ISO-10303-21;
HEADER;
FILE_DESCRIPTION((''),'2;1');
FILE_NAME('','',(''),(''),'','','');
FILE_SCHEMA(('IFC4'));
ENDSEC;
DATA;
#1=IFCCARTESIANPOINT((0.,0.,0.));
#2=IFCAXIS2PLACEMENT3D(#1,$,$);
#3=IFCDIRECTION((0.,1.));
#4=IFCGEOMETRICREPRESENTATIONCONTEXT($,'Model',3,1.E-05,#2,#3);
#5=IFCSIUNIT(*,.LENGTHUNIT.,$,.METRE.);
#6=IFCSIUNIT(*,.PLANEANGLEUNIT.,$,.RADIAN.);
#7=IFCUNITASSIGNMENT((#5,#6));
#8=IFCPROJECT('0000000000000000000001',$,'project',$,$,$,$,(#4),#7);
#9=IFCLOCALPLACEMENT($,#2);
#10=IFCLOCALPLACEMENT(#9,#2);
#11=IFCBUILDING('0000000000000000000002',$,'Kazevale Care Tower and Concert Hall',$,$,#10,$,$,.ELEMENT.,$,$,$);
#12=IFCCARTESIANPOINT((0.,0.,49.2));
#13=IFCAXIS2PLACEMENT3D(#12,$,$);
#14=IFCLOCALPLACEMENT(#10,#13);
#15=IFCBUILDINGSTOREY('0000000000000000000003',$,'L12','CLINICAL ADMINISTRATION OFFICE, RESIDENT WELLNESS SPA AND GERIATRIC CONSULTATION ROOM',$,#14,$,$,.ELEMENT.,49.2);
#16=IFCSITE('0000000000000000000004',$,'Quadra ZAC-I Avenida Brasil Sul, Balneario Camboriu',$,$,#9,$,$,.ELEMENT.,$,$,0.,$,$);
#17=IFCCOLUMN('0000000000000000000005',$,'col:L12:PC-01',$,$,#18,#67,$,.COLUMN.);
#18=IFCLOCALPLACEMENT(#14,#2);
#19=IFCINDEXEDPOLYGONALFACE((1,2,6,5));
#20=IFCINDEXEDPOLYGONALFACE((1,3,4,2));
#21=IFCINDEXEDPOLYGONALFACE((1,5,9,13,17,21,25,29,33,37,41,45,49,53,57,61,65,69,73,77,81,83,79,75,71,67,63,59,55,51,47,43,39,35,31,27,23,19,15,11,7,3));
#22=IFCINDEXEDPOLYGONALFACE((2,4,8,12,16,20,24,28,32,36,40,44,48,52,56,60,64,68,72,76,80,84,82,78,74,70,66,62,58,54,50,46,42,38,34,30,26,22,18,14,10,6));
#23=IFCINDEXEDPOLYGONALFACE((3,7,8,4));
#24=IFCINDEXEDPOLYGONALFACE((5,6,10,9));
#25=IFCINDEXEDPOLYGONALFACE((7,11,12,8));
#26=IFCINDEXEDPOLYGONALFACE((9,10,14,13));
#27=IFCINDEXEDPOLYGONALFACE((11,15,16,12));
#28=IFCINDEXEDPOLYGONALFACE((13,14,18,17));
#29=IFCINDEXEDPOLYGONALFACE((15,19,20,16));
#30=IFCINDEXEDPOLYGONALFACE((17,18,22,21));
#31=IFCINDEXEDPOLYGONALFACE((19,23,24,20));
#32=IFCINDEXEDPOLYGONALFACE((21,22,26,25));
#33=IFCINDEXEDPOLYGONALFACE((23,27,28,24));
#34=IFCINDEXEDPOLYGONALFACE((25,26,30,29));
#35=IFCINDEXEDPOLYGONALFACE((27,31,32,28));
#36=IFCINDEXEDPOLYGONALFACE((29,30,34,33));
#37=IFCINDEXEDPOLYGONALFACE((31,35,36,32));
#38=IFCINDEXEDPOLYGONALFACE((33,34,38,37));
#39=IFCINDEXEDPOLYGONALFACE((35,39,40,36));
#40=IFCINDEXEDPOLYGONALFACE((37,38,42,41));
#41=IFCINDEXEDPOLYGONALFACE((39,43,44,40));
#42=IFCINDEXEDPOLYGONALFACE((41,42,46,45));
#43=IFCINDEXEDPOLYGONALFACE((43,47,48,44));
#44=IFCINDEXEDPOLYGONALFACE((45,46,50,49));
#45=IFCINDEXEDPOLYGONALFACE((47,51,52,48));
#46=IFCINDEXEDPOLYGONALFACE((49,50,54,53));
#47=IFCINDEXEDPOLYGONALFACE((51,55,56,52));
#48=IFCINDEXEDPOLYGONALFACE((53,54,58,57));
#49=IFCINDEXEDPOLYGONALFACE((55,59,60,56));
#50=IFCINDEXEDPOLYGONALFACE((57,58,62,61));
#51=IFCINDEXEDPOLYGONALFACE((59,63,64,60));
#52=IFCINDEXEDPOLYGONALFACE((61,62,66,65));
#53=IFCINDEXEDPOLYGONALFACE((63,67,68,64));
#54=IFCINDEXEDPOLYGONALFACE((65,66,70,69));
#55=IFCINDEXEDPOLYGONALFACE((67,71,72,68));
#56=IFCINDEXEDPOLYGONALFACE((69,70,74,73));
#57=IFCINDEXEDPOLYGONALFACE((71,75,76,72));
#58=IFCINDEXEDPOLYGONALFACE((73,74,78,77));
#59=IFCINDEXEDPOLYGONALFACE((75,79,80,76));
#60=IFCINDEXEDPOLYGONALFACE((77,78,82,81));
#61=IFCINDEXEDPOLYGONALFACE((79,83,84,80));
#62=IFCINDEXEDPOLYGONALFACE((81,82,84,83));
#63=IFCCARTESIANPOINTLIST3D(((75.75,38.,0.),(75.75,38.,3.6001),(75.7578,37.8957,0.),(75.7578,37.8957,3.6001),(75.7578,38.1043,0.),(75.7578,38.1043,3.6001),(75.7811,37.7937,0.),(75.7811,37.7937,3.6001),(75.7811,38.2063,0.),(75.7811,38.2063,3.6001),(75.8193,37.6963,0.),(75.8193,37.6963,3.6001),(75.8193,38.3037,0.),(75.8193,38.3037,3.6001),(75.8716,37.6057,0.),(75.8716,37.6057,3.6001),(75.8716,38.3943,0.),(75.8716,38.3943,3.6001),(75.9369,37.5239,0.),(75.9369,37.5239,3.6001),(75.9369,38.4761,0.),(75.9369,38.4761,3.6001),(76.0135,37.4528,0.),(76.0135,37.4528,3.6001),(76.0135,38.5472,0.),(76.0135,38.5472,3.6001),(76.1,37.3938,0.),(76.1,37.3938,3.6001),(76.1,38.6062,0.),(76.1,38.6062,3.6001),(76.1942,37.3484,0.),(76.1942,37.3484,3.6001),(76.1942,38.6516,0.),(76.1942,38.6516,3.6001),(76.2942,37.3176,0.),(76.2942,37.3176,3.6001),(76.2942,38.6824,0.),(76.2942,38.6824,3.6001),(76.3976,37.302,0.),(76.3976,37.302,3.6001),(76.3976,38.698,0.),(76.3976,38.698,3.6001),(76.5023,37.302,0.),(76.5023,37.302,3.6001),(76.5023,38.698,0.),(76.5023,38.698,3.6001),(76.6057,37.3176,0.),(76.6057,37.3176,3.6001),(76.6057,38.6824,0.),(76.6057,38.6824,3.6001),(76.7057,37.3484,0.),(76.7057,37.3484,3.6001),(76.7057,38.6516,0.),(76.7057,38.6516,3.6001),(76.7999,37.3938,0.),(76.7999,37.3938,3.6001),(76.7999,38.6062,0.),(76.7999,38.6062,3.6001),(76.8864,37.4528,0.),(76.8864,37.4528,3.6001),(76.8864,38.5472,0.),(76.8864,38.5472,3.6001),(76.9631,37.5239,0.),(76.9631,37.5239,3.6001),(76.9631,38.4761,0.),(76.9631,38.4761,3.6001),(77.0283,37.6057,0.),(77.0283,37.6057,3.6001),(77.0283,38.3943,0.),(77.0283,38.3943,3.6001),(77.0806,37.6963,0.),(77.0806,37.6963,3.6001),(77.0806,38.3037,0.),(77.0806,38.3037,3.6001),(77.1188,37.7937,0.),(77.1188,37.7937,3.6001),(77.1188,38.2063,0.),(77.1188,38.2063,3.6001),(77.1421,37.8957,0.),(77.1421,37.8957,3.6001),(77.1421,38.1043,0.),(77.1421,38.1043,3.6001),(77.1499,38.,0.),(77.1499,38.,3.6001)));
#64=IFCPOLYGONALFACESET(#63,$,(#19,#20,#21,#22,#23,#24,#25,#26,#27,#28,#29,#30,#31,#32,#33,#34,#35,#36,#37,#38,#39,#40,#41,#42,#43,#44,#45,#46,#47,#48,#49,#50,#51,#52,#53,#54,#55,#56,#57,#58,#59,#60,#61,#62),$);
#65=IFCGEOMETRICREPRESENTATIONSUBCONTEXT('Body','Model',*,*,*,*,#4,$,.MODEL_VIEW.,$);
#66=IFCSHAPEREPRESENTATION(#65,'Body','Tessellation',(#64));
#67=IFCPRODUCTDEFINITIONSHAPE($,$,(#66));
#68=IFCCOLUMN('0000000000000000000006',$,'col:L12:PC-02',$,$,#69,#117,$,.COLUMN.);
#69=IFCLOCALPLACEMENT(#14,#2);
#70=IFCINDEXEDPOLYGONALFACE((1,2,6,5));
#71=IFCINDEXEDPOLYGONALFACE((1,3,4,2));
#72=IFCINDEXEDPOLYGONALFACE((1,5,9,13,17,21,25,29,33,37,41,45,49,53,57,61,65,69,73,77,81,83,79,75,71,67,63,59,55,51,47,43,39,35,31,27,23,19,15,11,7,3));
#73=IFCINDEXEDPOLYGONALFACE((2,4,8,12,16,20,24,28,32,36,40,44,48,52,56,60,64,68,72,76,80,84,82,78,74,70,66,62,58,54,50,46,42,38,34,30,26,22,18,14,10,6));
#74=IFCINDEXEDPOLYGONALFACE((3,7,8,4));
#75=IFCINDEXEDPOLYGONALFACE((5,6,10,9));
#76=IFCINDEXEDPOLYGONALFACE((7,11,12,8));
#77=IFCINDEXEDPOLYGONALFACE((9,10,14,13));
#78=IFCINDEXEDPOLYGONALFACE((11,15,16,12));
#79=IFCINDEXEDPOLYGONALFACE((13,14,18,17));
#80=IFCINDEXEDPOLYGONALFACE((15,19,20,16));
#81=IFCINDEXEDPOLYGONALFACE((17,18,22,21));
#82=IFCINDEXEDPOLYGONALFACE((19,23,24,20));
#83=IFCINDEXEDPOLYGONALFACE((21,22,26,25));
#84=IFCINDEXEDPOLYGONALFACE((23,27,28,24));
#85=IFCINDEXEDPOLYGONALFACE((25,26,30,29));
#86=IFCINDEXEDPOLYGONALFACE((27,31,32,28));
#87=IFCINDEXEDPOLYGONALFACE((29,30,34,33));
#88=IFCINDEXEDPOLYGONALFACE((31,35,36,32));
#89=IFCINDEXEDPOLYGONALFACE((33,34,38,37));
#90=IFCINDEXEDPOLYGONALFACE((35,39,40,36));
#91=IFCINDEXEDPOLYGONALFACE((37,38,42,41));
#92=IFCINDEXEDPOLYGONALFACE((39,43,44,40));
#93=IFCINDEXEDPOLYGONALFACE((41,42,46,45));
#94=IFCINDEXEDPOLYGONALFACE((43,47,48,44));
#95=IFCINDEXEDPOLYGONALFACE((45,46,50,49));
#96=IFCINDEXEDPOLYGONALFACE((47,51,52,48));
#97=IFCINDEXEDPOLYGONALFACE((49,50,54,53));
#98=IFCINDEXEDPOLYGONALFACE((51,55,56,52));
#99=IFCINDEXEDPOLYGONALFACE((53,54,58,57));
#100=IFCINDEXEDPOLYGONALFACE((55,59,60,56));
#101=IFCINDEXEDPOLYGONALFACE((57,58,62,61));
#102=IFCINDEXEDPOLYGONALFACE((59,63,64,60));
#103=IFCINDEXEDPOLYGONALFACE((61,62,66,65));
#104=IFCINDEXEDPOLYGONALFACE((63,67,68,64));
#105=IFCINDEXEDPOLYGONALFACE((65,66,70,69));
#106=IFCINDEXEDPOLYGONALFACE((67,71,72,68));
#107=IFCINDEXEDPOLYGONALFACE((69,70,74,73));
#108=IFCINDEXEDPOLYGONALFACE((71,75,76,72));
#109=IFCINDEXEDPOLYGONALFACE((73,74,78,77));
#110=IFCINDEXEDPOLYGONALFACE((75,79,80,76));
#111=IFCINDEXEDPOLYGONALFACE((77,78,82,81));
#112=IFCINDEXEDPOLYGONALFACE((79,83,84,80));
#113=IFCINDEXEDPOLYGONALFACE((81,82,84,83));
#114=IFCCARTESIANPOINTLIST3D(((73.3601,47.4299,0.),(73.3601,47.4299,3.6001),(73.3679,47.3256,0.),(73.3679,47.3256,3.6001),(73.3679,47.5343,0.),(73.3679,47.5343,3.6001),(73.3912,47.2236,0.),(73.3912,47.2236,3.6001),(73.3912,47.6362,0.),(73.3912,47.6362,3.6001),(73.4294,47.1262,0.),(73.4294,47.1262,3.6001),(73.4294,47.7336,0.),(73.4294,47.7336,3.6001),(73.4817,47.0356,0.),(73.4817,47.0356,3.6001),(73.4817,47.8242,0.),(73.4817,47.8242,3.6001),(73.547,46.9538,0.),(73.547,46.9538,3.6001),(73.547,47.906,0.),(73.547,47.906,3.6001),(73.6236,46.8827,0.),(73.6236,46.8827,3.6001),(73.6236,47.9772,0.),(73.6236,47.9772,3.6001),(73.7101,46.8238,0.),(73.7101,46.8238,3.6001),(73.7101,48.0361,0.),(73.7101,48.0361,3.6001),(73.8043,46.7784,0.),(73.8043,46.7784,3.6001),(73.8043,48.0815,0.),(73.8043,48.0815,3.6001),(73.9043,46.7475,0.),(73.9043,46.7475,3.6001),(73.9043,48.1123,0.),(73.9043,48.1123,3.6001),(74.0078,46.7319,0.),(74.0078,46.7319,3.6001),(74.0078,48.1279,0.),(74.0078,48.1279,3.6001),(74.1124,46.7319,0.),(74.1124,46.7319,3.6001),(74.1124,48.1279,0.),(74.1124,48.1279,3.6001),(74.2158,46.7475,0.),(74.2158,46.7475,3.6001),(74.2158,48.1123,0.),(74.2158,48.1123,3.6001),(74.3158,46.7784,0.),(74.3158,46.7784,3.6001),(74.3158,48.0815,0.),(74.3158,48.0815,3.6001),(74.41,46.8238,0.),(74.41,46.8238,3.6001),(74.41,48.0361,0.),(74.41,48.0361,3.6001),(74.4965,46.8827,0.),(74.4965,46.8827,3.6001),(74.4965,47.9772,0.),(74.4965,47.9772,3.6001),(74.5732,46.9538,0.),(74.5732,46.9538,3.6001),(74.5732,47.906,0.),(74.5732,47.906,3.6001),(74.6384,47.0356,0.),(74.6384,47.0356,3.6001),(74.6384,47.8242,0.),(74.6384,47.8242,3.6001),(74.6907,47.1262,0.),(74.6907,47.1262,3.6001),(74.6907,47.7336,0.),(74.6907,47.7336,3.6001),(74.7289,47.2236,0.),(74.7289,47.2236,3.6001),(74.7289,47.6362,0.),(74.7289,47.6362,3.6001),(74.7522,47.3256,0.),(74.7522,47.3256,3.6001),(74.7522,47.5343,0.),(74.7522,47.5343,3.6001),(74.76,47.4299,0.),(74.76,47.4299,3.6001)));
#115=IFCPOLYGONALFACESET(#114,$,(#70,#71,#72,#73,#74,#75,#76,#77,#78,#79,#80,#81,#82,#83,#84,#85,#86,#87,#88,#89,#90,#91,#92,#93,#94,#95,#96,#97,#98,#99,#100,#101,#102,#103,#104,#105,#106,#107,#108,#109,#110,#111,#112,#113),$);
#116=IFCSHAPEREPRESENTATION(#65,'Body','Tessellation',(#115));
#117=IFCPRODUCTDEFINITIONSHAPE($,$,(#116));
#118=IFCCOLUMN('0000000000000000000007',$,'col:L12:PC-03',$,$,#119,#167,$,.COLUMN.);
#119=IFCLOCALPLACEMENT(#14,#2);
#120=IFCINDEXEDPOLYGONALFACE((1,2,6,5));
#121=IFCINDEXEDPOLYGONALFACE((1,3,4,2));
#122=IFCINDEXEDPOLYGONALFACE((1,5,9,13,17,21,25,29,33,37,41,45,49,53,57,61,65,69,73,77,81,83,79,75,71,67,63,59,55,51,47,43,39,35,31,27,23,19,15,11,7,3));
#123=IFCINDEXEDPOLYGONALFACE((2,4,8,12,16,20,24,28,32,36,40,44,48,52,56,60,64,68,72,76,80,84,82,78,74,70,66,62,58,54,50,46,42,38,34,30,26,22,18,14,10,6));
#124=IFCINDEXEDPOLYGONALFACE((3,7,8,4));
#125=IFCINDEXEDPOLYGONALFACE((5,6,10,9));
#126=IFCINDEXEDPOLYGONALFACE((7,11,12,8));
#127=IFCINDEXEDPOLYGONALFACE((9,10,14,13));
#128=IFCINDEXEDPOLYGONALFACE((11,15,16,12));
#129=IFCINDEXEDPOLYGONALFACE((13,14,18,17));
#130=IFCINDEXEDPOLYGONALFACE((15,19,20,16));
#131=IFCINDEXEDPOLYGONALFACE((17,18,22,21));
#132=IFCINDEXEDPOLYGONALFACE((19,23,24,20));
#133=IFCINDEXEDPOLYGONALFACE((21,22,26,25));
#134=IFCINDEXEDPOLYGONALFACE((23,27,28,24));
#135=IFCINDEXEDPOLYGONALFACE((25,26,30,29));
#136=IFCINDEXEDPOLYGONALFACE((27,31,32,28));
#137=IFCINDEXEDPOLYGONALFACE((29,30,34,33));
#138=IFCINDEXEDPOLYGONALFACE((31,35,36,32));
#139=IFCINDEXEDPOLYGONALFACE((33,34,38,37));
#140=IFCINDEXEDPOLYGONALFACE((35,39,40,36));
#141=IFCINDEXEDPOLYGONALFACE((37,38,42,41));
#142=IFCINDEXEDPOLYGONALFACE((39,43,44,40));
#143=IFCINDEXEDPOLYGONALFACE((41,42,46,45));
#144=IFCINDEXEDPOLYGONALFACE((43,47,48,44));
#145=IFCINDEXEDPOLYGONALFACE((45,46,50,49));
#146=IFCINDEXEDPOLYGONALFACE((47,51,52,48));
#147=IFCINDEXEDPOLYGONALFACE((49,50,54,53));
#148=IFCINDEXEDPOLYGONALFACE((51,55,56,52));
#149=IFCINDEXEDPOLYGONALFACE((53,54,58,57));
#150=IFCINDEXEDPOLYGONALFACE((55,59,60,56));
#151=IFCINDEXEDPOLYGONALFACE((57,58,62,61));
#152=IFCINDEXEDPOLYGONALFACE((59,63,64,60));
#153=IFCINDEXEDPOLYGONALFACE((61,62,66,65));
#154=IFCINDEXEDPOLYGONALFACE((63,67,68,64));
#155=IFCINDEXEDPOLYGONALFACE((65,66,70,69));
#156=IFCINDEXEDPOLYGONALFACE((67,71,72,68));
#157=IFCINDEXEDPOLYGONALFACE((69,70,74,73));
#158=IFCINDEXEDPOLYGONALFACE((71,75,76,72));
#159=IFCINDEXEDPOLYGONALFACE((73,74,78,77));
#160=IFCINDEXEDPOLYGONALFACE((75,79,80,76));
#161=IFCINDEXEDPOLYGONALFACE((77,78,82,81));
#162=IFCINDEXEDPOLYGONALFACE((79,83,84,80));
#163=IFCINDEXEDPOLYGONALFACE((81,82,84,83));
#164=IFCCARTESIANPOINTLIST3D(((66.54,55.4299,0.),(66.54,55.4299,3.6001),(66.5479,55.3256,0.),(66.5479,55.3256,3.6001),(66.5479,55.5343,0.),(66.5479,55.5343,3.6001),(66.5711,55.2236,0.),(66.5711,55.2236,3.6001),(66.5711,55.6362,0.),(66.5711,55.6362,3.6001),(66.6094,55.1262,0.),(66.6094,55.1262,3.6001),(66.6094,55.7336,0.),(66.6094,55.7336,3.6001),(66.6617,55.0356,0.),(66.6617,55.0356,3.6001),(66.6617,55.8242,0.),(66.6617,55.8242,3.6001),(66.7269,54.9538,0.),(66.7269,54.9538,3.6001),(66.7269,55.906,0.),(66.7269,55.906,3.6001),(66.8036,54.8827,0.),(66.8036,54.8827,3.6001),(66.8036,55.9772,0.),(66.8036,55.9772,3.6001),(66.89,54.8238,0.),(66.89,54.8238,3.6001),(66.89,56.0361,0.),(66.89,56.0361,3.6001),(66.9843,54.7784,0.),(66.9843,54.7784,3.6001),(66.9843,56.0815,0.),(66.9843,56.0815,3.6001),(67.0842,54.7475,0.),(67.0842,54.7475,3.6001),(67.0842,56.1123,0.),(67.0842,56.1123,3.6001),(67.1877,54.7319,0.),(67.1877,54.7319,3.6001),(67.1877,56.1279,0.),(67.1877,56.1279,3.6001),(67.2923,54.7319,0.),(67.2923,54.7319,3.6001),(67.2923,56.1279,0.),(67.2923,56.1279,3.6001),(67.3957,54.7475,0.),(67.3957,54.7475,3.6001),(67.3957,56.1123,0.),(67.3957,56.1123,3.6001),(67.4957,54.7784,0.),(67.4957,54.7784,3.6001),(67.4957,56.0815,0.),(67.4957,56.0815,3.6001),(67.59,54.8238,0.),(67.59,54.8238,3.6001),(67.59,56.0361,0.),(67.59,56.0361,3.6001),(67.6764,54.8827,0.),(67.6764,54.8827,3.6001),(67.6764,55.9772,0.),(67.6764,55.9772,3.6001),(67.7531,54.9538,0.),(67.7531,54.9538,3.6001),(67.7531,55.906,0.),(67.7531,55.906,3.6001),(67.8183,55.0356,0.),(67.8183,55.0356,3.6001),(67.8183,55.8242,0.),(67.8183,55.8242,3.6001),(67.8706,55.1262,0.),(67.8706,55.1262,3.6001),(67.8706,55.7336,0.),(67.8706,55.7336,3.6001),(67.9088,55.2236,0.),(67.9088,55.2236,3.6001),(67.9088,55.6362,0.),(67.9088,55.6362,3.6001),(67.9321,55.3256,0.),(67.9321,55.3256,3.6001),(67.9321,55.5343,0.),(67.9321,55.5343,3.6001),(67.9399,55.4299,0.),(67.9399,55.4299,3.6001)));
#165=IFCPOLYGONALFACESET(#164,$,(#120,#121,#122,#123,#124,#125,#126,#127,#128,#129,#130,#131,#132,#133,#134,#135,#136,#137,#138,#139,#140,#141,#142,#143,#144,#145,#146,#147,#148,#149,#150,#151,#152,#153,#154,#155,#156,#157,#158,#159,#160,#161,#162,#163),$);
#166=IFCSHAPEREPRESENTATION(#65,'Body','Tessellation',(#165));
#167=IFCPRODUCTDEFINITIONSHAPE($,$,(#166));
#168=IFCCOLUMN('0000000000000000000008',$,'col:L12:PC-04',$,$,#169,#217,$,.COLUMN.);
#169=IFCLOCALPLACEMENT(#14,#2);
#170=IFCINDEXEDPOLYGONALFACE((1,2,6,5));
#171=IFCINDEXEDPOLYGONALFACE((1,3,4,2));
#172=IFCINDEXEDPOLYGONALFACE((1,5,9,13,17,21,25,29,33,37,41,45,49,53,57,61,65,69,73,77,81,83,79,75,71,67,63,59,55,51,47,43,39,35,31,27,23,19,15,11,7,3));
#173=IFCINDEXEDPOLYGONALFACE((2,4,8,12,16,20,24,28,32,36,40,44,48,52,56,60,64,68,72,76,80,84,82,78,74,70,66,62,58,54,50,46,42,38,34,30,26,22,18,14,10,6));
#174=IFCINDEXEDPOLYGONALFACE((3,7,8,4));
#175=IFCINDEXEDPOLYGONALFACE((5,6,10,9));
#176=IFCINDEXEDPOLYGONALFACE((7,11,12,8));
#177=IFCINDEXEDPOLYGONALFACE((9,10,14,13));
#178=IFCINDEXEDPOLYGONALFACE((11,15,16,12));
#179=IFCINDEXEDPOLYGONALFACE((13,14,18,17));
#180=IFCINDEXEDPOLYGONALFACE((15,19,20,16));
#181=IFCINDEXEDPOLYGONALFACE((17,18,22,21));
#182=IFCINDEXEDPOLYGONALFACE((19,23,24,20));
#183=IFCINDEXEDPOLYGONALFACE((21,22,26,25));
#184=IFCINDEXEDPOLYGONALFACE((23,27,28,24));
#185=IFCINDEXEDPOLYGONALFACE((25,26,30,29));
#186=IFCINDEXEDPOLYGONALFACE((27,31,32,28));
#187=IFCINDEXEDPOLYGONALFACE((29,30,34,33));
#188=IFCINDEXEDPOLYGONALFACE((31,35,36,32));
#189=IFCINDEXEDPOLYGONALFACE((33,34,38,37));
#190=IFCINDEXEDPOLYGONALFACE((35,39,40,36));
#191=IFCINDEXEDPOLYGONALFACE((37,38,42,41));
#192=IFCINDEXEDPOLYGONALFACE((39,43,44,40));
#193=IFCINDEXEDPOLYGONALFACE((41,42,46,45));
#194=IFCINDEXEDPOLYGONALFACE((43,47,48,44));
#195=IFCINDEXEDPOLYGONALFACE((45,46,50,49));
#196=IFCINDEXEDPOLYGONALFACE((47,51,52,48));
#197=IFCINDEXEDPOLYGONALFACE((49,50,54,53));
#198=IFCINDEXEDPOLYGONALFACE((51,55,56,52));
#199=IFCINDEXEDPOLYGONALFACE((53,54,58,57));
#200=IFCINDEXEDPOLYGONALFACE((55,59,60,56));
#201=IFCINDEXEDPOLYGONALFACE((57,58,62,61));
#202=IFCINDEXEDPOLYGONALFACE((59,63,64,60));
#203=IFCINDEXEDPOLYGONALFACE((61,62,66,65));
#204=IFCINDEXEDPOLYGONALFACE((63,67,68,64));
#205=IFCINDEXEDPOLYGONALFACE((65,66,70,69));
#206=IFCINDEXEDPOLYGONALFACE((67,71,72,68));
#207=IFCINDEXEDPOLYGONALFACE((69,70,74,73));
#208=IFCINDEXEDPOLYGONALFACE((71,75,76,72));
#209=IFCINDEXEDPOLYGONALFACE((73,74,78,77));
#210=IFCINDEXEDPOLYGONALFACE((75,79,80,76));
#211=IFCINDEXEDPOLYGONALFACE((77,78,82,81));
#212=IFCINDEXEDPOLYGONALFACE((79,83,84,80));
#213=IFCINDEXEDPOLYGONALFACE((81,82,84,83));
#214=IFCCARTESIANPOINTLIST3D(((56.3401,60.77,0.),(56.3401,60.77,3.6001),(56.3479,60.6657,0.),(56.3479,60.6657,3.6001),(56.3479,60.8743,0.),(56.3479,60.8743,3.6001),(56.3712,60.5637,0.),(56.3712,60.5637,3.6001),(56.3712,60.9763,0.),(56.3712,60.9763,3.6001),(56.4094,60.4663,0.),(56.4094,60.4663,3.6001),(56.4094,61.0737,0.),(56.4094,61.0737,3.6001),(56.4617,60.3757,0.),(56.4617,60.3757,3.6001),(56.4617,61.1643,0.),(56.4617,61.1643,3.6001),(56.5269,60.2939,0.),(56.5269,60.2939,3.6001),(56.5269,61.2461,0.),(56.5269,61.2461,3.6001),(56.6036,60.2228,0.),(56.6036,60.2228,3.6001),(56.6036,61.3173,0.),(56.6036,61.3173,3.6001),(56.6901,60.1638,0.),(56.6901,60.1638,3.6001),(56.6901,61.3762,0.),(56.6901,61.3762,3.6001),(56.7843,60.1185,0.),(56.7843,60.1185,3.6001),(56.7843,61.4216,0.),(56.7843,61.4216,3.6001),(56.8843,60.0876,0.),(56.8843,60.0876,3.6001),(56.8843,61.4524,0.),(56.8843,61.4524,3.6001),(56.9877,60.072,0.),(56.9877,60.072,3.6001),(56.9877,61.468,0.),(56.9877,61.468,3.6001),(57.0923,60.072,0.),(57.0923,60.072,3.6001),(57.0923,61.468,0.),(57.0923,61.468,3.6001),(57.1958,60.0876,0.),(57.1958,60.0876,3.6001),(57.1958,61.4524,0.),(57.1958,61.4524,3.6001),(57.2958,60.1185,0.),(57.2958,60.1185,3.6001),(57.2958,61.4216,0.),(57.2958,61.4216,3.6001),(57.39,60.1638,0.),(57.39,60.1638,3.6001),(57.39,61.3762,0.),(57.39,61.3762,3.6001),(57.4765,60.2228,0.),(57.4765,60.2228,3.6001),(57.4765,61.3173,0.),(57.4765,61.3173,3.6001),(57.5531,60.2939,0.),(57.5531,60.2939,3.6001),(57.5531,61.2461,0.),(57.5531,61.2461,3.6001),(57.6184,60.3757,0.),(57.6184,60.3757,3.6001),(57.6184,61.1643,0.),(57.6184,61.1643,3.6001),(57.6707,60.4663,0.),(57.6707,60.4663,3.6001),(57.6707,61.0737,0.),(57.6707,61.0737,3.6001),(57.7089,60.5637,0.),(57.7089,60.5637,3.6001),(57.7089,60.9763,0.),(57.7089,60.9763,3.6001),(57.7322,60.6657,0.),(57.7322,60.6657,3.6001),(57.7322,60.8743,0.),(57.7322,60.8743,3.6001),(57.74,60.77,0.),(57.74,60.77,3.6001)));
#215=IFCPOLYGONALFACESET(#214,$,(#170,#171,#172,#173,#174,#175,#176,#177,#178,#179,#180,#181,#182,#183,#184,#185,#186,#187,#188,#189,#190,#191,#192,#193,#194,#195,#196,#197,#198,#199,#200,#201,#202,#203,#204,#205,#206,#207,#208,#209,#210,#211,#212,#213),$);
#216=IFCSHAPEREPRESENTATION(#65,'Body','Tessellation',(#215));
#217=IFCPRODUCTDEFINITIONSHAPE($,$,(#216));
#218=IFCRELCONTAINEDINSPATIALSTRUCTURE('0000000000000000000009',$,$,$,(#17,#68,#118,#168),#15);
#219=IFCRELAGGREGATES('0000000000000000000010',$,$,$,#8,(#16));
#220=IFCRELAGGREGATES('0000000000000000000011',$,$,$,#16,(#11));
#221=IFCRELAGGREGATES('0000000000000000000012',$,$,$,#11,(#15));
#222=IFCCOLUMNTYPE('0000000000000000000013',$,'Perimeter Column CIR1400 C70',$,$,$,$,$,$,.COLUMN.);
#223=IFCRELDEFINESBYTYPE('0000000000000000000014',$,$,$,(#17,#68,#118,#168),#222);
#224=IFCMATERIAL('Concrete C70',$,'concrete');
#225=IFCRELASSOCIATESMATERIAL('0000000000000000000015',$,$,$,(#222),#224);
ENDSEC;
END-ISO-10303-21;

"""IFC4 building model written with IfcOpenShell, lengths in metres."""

from ifc_helpers import new_model, si_unit, direction, frame, origin, origin_2d, place, context, subcontext, project, spatial, circle, extrude, material, material_profile, profile_set, type_object, element, save


model = new_model("IFC4")

# Units and contexts
model_context = context("Model", 3, precision=1e-05, world=origin(), true_north=direction((0.0, 1.0)))
body_context = subcontext(model_context, "Body", "Model", "MODEL_VIEW")
ifc_project = project(units=[si_unit("LENGTHUNIT", "METRE"), si_unit("PLANEANGLEUNIT", "RADIAN")], contexts=[model_context])

# Site, building, storey
site_placement = place(None, origin())
site = spatial("IfcSite", under=ifc_project, at=site_placement, Name="Quadra ZAC-I Avenida Brasil Sul, Balneario Camboriu", CompositionType="ELEMENT", RefElevation=0.0)
building_placement = place(site_placement, origin())
building = spatial("IfcBuilding", under=site, at=building_placement, Name="Kazevale Care Tower and Concert Hall", CompositionType="ELEMENT")
storey_placement = place(building_placement, frame((0.0, 0.0, 49.2)))
storey = spatial("IfcBuildingStorey", under=building, at=storey_placement, Name="L12", Description="CLINICAL ADMINISTRATION OFFICE, RESIDENT WELLNESS SPA AND GERIATRIC CONSULTATION ROOM", CompositionType="ELEMENT", Elevation=49.2)

# Columns
ifc_material_1 = material(Name="Concrete C70", Category="concrete")
ifc_material_profile_1 = material_profile(ifc_material_1, circle(Radius=0.7, at=origin_2d()), Name="RC-CIR1400")
ifc_profile_set_1 = profile_set([ifc_material_profile_1], Name="Concrete C70")
column_type = type_object("IfcColumnType", Name="Perimeter Column CIR1400 C70", PredefinedType="COLUMN", material=ifc_profile_set_1)
for number, where, z_axis, x_axis, name in (
    (1, (76.45, 38.0, 0.0), (0.0, 0.0, 1.0), (1.0, 0.0, 0.0), "col:L12:PC-01"),
    (2, (74.0601, 47.4299, 0.0), (0.0, 0.0, 1.0), (1.0, 0.0, 0.0), "col:L12:PC-02"),
    (3, (67.24, 55.4299, 0.0), (0.0, 0.0, 1.0), (1.0, 0.0, 0.0), "col:L12:PC-03"),
    (4, (57.04, 60.77, 0.0), (0.0, 0.0, 1.0), (1.0, 0.0, 0.0), "col:L12:PC-04"),
):
    element("IfcColumn", number, at=place(storey_placement, frame(where, z_axis=z_axis, x_axis=x_axis)), inside=storey, type_object=column_type, Name=name, PredefinedType="COLUMN", context=body_context, shape_type="SweptSolid", body=[
        extrude(circle(Radius=0.7, at=origin_2d()), origin(), (0.0, 0.0, 1.0), 3.6001),
    ])

save(model, "model.ifc")
